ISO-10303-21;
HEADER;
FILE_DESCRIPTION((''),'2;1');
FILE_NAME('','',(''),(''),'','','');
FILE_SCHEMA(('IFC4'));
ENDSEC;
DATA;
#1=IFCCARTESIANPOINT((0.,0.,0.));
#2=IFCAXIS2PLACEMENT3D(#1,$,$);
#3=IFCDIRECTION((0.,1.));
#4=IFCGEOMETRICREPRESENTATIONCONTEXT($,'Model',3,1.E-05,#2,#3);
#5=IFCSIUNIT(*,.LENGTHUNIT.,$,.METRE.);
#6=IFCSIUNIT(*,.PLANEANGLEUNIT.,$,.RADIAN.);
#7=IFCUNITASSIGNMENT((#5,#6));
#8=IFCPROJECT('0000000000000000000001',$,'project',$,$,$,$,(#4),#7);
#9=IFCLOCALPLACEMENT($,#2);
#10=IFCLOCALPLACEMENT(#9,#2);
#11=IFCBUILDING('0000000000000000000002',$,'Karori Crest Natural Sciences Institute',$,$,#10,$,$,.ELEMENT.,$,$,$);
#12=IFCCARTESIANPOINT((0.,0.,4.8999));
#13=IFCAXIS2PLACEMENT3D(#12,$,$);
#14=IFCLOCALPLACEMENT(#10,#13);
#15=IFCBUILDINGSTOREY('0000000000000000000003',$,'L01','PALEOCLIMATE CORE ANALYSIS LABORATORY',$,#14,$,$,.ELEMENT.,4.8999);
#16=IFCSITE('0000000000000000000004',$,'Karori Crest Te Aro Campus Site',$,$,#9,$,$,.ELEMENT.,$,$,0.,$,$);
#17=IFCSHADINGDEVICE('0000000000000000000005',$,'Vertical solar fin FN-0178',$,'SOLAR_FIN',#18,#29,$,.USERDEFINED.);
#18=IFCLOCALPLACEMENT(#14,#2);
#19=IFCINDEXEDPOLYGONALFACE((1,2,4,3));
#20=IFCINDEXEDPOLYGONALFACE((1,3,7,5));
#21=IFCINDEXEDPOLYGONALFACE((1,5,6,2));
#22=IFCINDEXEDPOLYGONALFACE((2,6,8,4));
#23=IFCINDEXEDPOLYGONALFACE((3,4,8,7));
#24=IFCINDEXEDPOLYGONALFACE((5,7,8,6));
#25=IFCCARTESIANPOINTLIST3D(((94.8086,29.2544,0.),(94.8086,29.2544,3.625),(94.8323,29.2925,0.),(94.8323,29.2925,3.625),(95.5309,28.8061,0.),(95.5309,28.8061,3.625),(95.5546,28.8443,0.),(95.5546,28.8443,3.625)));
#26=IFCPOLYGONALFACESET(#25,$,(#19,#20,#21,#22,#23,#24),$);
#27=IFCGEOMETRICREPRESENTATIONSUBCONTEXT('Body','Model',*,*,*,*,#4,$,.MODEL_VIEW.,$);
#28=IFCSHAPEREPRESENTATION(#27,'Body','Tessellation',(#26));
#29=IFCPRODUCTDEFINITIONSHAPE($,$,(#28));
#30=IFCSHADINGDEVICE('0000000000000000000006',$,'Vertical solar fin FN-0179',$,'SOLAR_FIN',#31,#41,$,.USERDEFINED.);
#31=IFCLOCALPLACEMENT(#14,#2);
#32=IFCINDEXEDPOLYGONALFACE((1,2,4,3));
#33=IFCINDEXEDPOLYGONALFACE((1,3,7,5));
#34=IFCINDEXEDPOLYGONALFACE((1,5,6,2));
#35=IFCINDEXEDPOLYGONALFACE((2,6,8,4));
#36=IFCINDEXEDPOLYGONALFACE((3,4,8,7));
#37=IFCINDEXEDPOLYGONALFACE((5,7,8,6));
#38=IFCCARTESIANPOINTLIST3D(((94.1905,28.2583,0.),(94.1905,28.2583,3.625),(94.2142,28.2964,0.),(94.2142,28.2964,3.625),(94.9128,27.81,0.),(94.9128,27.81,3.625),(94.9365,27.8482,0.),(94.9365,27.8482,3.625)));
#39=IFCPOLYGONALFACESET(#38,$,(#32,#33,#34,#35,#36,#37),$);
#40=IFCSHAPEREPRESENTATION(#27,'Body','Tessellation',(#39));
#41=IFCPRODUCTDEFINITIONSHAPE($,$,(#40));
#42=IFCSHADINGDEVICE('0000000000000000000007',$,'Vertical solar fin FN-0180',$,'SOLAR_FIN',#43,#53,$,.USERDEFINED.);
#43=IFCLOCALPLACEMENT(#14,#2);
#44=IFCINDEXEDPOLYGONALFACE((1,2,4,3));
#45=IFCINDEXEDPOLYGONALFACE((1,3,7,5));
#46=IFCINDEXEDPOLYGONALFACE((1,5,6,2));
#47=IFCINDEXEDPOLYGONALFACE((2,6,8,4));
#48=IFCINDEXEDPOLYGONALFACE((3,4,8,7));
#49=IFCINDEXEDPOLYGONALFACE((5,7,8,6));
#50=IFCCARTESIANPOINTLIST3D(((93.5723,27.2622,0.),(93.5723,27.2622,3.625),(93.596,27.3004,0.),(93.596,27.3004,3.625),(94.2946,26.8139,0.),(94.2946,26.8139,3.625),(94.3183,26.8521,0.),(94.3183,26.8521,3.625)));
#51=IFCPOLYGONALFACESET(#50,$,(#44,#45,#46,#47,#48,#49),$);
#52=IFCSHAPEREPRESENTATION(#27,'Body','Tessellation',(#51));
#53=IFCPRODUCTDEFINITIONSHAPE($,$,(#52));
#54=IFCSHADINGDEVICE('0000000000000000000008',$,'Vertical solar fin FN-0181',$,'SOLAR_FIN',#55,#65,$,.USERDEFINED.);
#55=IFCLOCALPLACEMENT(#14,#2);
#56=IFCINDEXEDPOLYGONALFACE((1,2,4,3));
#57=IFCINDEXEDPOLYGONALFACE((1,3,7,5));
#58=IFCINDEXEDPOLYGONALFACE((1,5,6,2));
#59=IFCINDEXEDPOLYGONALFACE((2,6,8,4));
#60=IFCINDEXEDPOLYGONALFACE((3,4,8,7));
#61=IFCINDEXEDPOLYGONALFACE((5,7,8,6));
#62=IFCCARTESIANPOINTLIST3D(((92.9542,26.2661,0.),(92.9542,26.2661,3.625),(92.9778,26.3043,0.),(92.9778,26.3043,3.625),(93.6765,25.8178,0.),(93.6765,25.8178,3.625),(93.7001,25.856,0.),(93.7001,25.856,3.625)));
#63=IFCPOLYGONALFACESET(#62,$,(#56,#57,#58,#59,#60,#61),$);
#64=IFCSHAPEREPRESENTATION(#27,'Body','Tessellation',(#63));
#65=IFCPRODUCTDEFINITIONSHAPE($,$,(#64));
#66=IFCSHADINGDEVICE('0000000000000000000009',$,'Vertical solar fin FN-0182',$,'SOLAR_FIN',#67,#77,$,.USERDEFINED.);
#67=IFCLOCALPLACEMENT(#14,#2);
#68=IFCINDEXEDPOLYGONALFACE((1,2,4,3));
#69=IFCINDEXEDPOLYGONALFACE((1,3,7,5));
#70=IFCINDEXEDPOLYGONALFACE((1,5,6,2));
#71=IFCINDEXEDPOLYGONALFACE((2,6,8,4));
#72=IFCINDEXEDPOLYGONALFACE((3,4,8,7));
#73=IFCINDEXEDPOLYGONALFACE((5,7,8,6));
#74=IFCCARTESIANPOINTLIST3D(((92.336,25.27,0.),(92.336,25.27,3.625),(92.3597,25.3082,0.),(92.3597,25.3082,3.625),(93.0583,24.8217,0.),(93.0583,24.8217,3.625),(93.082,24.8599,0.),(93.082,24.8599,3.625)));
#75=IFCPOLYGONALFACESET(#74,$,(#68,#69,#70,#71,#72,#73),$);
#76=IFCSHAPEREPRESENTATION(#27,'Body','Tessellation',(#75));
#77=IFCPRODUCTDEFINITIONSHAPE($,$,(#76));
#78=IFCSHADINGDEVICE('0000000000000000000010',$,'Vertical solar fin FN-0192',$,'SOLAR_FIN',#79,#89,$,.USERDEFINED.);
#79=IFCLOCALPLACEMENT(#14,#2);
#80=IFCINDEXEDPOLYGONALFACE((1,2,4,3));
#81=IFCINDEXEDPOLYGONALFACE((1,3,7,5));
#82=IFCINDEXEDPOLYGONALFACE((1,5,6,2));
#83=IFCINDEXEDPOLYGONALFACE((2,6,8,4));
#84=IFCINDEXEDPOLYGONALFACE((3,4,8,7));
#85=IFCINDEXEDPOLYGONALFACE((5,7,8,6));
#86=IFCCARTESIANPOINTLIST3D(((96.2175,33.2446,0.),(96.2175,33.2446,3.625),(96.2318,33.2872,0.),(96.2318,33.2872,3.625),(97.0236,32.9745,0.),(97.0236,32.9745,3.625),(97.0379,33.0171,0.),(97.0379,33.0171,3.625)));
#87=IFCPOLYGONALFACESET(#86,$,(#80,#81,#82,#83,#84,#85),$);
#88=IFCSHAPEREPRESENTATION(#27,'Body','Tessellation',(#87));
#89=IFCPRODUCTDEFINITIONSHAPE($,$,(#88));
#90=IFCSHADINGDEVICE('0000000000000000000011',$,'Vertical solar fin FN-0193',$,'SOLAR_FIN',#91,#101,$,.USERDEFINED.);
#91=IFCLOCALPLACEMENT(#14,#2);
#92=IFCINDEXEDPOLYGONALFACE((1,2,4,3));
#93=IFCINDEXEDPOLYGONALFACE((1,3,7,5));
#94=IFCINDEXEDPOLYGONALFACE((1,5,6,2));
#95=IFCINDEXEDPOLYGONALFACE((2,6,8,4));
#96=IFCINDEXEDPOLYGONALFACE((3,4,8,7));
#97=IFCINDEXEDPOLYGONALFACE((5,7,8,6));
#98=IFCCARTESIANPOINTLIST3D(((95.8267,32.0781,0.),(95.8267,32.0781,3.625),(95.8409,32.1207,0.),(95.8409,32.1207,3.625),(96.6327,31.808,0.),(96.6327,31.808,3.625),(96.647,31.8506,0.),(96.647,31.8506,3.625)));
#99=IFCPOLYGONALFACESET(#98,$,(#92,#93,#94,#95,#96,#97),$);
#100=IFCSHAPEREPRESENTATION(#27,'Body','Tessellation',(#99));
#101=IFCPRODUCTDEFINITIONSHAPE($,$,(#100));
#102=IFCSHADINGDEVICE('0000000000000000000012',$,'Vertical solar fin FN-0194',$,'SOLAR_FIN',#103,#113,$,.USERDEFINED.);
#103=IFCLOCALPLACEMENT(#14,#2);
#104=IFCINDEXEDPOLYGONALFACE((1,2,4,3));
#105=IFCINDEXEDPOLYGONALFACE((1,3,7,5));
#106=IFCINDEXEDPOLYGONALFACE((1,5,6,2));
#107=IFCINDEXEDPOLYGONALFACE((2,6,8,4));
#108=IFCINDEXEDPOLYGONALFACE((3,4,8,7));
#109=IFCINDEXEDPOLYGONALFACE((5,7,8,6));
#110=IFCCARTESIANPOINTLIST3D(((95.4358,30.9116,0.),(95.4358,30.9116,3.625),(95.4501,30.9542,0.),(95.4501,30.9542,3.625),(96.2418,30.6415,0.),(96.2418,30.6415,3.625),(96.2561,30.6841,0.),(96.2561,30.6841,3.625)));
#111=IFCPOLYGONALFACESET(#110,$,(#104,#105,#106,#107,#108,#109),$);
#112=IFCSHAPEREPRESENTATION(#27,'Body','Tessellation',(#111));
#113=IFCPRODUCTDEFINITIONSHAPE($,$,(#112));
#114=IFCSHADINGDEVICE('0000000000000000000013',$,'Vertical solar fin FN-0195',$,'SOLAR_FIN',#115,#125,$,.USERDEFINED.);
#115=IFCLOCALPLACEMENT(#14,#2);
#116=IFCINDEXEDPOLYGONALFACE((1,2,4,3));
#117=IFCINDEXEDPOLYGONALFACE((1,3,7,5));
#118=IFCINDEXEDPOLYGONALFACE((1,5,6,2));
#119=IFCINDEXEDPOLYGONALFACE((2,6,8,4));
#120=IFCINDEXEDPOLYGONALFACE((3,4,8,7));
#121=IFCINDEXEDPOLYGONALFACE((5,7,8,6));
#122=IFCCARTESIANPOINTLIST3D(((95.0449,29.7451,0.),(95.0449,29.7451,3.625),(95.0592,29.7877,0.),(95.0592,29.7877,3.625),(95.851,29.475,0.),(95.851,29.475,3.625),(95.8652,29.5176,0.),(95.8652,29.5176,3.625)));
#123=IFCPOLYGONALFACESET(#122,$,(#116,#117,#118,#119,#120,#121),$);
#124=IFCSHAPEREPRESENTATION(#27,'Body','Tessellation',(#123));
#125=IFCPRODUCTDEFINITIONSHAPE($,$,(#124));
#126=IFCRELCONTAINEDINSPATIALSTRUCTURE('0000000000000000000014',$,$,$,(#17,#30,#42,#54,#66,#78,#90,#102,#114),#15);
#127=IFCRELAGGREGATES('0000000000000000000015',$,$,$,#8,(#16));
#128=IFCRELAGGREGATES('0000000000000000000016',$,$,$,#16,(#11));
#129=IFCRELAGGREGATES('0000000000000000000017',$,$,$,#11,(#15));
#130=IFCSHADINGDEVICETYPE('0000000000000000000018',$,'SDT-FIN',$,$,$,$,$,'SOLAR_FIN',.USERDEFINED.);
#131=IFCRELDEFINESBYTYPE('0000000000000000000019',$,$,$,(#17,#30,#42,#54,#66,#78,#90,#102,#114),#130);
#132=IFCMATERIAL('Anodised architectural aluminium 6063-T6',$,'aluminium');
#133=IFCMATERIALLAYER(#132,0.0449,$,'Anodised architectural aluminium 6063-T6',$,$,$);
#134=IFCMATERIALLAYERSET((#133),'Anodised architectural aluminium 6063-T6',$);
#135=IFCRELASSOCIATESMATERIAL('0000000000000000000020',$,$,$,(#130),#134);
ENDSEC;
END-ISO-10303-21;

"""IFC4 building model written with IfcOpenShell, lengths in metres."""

from ifc_helpers import new_model, si_unit, direction, frame, origin, origin_2d, place, context, subcontext, project, spatial, rectangle, extrude, material, layer, layer_set, type_object, element, save


model = new_model("IFC4")

# Units and contexts
model_context = context("Model", 3, precision=1e-05, world=origin(), true_north=direction((0.0, 1.0)))
body_context = subcontext(model_context, "Body", "Model", "MODEL_VIEW")
ifc_project = project(units=[si_unit("LENGTHUNIT", "METRE"), si_unit("PLANEANGLEUNIT", "RADIAN")], contexts=[model_context])

# Site, building, storey
site_placement = place(None, origin())
site = spatial("IfcSite", under=ifc_project, at=site_placement, Name="Karori Crest Te Aro Campus Site", CompositionType="ELEMENT", RefElevation=0.0)
building_placement = place(site_placement, origin())
building = spatial("IfcBuilding", under=site, at=building_placement, Name="Karori Crest Natural Sciences Institute", CompositionType="ELEMENT")
storey_placement = place(building_placement, frame((0.0, 0.0, 4.8999)))
storey = spatial("IfcBuildingStorey", under=building, at=storey_placement, Name="L01", Description="PALEOCLIMATE CORE ANALYSIS LABORATORY", CompositionType="ELEMENT", Elevation=4.8999)

# Shared definitions
ifc_material_1 = material(Name="Anodised architectural aluminium 6063-T6", Category="aluminium")

# Shading devices
ifc_layer_1 = layer(ifc_material_1, 0.0449, Name="Anodised architectural aluminium 6063-T6")
ifc_layer_set_1 = layer_set([ifc_layer_1], Name="Anodised architectural aluminium 6063-T6")
shading_device_type = type_object("IfcShadingDeviceType", Name="SDT-FIN", ElementType="SOLAR_FIN", PredefinedType="USERDEFINED", material=ifc_layer_set_1)
for number, where, z_axis, x_axis, name in (
    (1, (95.1816, 29.0493, 0.0), (0.0, 0.0, 1.0), (0.849662, -0.527328, 0.0), "Vertical solar fin FN-0178"),
    (2, (94.5635, 28.0532, 0.0), (0.0, 0.0, 1.0), (0.849662, -0.527328, 0.0), "Vertical solar fin FN-0179"),
    (3, (93.9453, 27.0571, 0.0), (0.0, 0.0, 1.0), (0.849662, -0.527328, 0.0), "Vertical solar fin FN-0180"),
    (4, (93.3271, 26.061, 0.0), (0.0, 0.0, 1.0), (0.849662, -0.527328, 0.0), "Vertical solar fin FN-0181"),
    (5, (92.709, 25.0649, 0.0), (0.0, 0.0, 1.0), (0.849662, -0.527328, 0.0), "Vertical solar fin FN-0182"),
    (6, (96.6277, 33.1309, 0.0), (0.0, 0.0, 1.0), (0.948196, -0.317685, 0.0), "Vertical solar fin FN-0192"),
    (7, (96.2368, 31.9644, 0.0), (0.0, 0.0, 1.0), (0.948196, -0.317685, 0.0), "Vertical solar fin FN-0193"),
    (8, (95.8459, 30.7979, 0.0), (0.0, 0.0, 1.0), (0.948196, -0.317685, 0.0), "Vertical solar fin FN-0194"),
    (9, (95.4551, 29.6313, 0.0), (0.0, 0.0, 1.0), (0.948196, -0.317685, 0.0), "Vertical solar fin FN-0195"),
):
    element("IfcShadingDevice", number, at=place(storey_placement, frame(where, z_axis=z_axis, x_axis=x_axis)), inside=storey, type_object=shading_device_type, Name=name, ObjectType="SOLAR_FIN", PredefinedType="USERDEFINED", context=body_context, shape_type="SweptSolid", body=[
        extrude(rectangle(XDim=0.8501, YDim=0.0449, at=origin_2d()), origin(), (0.0, 0.0, 1.0), 3.625),
    ])

save(model, "model.ifc")
